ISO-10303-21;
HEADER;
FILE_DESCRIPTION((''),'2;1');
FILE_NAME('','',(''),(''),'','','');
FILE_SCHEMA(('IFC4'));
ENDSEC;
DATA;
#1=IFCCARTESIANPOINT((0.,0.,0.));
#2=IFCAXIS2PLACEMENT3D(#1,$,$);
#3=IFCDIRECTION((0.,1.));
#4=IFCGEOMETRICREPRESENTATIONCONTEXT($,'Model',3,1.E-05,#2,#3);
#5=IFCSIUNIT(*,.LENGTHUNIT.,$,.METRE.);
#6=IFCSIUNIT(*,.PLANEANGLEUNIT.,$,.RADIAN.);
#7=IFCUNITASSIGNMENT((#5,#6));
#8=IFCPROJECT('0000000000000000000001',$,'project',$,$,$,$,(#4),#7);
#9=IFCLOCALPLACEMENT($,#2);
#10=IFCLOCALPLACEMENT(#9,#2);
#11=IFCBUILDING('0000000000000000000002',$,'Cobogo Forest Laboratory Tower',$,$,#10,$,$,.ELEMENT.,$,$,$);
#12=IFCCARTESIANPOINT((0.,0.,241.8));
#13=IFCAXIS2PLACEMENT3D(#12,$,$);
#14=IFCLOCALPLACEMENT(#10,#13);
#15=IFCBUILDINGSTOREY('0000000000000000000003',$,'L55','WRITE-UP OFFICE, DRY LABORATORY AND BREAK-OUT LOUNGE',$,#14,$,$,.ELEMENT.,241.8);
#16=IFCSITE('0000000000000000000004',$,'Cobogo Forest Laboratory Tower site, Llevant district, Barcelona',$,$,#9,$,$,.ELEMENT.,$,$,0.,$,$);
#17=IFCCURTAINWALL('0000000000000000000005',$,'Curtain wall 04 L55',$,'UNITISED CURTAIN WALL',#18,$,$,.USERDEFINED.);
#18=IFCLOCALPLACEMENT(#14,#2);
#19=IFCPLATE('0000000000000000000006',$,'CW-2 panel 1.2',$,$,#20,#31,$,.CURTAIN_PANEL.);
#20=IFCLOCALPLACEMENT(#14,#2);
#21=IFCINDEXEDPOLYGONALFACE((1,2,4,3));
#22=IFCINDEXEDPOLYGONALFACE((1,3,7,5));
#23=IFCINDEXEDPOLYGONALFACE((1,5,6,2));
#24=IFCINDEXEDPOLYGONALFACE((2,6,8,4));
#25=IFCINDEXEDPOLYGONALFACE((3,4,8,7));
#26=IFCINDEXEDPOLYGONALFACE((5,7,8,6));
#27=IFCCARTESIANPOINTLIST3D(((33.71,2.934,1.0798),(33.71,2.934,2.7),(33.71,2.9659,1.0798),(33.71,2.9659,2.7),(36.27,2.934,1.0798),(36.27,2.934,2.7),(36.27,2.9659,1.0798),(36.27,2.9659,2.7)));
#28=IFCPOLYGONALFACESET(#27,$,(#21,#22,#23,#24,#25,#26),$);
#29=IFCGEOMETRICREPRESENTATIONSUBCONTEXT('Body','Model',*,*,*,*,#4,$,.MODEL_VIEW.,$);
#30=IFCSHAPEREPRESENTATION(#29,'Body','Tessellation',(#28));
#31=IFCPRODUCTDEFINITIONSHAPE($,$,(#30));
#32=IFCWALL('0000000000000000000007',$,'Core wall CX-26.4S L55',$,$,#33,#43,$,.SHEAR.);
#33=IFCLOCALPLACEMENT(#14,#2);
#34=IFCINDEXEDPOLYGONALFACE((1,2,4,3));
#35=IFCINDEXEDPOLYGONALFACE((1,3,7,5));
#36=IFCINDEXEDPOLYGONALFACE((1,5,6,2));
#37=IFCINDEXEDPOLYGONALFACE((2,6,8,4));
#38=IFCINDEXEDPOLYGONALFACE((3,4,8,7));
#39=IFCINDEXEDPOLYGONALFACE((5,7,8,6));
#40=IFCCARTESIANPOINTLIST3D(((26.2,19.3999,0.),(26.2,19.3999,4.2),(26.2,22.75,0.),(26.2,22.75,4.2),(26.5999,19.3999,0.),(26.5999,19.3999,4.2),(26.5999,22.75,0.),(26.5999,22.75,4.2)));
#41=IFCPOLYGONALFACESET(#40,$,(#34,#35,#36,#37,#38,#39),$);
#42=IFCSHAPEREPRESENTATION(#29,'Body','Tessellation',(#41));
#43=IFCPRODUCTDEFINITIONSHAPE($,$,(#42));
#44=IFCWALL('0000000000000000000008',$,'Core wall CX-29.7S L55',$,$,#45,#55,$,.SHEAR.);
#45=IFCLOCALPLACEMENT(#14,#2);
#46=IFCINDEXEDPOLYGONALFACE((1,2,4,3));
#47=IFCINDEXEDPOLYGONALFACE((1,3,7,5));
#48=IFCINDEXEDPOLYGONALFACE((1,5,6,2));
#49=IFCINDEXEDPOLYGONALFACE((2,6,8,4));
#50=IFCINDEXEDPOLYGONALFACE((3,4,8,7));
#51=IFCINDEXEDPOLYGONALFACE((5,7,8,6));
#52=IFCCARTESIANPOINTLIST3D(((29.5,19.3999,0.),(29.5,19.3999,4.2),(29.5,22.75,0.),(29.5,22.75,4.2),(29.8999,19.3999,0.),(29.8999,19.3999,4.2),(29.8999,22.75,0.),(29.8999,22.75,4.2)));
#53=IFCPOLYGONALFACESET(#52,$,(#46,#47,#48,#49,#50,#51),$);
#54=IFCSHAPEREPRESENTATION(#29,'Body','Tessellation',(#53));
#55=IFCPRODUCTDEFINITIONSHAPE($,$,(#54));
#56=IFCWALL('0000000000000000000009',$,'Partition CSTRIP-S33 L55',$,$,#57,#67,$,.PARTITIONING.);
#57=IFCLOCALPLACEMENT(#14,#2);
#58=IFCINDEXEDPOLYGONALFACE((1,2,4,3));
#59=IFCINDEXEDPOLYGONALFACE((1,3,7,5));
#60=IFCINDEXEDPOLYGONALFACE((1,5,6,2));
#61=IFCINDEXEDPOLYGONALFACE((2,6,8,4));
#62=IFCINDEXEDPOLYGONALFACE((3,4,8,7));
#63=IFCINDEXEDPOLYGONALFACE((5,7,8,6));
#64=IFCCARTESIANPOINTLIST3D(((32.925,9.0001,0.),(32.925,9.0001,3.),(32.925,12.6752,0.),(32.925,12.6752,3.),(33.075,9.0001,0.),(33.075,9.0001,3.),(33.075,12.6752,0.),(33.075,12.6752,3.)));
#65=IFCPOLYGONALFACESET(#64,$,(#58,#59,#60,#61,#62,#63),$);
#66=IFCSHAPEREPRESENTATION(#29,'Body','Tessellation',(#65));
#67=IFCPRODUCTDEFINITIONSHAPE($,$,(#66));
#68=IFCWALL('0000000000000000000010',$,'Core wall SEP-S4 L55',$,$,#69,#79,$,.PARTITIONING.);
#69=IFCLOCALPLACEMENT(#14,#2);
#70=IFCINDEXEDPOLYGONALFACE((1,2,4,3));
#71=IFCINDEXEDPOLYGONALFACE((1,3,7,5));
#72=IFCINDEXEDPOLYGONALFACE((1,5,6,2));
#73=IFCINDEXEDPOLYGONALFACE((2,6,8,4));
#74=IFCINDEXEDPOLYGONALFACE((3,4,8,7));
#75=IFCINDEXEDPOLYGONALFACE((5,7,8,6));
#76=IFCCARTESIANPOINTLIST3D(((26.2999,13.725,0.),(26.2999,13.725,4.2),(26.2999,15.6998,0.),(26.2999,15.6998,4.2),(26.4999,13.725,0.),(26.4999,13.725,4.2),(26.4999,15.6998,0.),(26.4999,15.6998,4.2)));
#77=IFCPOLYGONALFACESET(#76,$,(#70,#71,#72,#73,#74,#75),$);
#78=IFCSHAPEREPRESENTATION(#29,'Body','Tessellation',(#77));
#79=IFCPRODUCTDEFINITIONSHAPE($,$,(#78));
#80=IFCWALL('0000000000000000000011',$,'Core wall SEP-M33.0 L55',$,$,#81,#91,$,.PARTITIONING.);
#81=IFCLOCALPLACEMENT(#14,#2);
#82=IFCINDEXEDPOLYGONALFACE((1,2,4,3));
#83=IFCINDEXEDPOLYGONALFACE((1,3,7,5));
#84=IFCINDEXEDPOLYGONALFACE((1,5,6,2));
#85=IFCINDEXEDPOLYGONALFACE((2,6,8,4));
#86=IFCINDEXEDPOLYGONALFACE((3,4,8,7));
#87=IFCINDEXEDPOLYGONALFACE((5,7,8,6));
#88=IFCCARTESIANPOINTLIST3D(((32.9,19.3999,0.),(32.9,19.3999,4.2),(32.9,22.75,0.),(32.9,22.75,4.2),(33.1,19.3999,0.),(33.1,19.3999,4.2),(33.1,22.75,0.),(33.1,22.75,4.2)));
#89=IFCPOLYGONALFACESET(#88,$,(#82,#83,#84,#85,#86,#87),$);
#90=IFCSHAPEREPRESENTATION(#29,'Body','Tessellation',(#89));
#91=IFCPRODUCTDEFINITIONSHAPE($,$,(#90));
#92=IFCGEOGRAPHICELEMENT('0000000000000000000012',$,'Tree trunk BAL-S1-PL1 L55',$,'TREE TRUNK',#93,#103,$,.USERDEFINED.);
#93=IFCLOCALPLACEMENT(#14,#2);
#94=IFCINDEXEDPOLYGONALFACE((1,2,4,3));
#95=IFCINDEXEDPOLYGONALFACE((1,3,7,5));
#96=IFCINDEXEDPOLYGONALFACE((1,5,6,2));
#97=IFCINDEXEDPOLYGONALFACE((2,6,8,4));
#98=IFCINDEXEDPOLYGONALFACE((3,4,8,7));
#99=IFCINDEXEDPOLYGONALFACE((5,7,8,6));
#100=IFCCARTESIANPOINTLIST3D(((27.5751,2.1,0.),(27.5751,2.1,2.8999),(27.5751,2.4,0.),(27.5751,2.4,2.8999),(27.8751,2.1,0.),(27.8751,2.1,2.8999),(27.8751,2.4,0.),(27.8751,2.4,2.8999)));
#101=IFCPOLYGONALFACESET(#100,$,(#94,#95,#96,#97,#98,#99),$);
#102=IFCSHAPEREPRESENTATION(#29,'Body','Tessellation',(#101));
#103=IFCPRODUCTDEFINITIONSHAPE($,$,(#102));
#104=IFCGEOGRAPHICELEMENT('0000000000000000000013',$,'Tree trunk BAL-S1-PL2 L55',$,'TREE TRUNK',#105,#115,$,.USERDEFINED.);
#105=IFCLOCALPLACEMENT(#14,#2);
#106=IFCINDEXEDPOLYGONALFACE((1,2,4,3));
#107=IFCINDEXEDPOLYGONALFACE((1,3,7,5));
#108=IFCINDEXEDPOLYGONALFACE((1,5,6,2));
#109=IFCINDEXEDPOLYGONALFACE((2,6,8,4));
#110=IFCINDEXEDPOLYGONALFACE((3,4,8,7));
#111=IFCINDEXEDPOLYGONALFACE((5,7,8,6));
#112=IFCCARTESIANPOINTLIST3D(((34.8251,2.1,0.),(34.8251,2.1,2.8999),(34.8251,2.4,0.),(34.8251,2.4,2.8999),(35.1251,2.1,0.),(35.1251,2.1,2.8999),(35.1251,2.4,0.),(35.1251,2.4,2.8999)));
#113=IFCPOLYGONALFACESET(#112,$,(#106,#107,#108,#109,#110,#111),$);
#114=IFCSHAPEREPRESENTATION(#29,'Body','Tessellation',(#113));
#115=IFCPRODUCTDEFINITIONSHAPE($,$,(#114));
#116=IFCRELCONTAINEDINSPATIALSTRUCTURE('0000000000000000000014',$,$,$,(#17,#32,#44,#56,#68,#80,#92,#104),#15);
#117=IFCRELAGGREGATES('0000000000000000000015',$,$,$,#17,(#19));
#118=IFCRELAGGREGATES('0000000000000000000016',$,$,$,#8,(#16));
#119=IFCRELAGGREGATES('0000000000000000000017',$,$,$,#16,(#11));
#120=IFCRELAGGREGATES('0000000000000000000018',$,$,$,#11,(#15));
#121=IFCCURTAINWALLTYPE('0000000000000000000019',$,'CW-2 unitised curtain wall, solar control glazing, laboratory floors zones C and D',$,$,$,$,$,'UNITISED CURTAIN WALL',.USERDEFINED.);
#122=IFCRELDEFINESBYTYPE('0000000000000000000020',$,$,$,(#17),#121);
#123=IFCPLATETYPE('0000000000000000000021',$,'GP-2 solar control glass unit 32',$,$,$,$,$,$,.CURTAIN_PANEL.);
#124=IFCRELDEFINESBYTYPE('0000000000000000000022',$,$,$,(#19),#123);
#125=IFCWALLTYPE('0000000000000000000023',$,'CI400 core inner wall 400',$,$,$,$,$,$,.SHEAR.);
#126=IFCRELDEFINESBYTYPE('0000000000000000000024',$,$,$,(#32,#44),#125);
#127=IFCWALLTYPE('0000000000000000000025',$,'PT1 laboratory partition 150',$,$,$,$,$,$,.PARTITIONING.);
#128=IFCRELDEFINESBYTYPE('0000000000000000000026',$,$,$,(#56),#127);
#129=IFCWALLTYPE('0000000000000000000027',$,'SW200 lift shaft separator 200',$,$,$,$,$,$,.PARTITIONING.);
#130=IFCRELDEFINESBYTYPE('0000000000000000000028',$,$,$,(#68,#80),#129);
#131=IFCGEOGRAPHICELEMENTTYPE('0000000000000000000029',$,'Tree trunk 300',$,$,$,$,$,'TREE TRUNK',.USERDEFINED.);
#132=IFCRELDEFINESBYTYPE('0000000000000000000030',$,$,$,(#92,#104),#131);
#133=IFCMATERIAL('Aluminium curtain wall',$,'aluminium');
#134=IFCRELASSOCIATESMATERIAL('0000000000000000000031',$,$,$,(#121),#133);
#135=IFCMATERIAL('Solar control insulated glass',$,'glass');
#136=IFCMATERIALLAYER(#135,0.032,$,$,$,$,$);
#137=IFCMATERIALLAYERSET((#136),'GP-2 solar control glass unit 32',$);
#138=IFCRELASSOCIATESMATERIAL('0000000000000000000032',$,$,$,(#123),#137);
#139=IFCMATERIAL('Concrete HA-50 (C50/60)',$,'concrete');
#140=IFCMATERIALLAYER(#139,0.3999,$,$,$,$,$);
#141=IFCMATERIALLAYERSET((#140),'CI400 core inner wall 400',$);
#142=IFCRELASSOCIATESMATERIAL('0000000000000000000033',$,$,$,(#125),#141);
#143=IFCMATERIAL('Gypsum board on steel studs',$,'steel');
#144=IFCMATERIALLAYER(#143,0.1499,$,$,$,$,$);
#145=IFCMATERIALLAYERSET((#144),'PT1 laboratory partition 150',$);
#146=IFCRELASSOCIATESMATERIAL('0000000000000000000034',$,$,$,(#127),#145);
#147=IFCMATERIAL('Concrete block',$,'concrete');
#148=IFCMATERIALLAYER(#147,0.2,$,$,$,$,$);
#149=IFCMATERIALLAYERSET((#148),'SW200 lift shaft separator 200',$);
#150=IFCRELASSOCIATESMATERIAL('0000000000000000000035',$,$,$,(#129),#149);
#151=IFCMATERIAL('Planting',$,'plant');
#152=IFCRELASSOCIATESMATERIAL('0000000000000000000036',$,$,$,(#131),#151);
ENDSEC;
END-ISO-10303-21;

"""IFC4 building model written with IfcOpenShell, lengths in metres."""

from ifc_helpers import new_model, si_unit, direction, frame, frame_2d, origin, origin_2d, place, context, subcontext, project, spatial, rectangle, extrude, material, layer, layer_set, type_object, element, aggregate, save


model = new_model("IFC4")

# Units and contexts
model_context = context("Model", 3, precision=1e-05, world=origin(), true_north=direction((0.0, 1.0)))
body_context = subcontext(model_context, "Body", "Model", "MODEL_VIEW")
ifc_project = project(units=[si_unit("LENGTHUNIT", "METRE"), si_unit("PLANEANGLEUNIT", "RADIAN")], contexts=[model_context])

# Site, building, storey
site_placement = place(None, origin())
site = spatial("IfcSite", under=ifc_project, at=site_placement, Name="Cobogo Forest Laboratory Tower site, Llevant district, Barcelona", CompositionType="ELEMENT", RefElevation=0.0)
building_placement = place(site_placement, origin())
building = spatial("IfcBuilding", under=site, at=building_placement, Name="Cobogo Forest Laboratory Tower", CompositionType="ELEMENT")
storey_placement = place(building_placement, frame((0.0, 0.0, 241.8)))
storey = spatial("IfcBuildingStorey", under=building, at=storey_placement, Name="L55", Description="WRITE-UP OFFICE, DRY LABORATORY AND BREAK-OUT LOUNGE", CompositionType="ELEMENT", Elevation=241.8)

# Shared definitions
ifc_material_1 = material(Name="Concrete HA-50 (C50/60)", Category="concrete")

# Curtain wall
ifc_material_2 = material(Name="Aluminium curtain wall", Category="aluminium")
curtain_wall_type = type_object("IfcCurtainWallType", Name="CW-2 unitised curtain wall, solar control glazing, laboratory floors zones C and D", ElementType="UNITISED CURTAIN WALL", PredefinedType="USERDEFINED", material=ifc_material_2)
curtain_wall_1_placement = place(storey_placement, origin())
curtain_wall_1 = element("IfcCurtainWall", 1, at=curtain_wall_1_placement, inside=storey, type_object=curtain_wall_type, Name="Curtain wall 04 L55", ObjectType="UNITISED CURTAIN WALL", PredefinedType="USERDEFINED")

# Plate
ifc_material_3 = material(Name="Solar control insulated glass", Category="glass")
ifc_layer_1 = layer(ifc_material_3, 0.032)
ifc_layer_set_1 = layer_set([ifc_layer_1], Name="GP-2 solar control glass unit 32")
plate_type = type_object("IfcPlateType", Name="GP-2 solar control glass unit 32", PredefinedType="CURTAIN_PANEL", material=ifc_layer_set_1)
plate_1_placement = place(storey_placement, frame((34.99, 2.95, 1.0798), z_axis=(0.0, 0.0, 1.0), x_axis=(1.0, 0.0, 0.0)))
plate_1 = element("IfcPlate", 2, at=plate_1_placement, type_object=plate_type, Name="CW-2 panel 1.2", PredefinedType="CURTAIN_PANEL", context=body_context, shape_type="SweptSolid", body=[
    extrude(rectangle(XDim=2.5601, YDim=0.032, at=origin_2d()), origin(), (0.0, 0.0, 1.0), 1.6201),
])
aggregate(curtain_wall_1, [plate_1])

# Walls
ifc_layer_2 = layer(ifc_material_1, 0.3999)
ifc_layer_set_2 = layer_set([ifc_layer_2], Name="CI400 core inner wall 400")
wall_type_1 = type_object("IfcWallType", Name="CI400 core inner wall 400", PredefinedType="SHEAR", material=ifc_layer_set_2)
for number, where, z_axis, x_axis, name in (
    (3, (26.3999, 19.3999, 0.0), (0.0, 0.0, 1.0), (0.0, 1.0, 0.0), "Core wall CX-26.4S L55"),
    (4, (29.7, 19.3999, 0.0), (0.0, 0.0, 1.0), (0.0, 1.0, 0.0), "Core wall CX-29.7S L55"),
):
    element("IfcWall", number, at=place(storey_placement, frame(where, z_axis=z_axis, x_axis=x_axis)), inside=storey, type_object=wall_type_1, Name=name, PredefinedType="SHEAR", context=body_context, shape_type="SweptSolid", body=[
        extrude(rectangle(XDim=3.3501, YDim=0.3999, at=frame_2d((1.675, 0.0))), origin(), (0.0, 0.0, 1.0), 4.2),
    ])

# Walls
ifc_material_4 = material(Name="Gypsum board on steel studs", Category="steel")
ifc_layer_3 = layer(ifc_material_4, 0.1499)
ifc_layer_set_3 = layer_set([ifc_layer_3], Name="PT1 laboratory partition 150")
wall_type_2 = type_object("IfcWallType", Name="PT1 laboratory partition 150", PredefinedType="PARTITIONING", material=ifc_layer_set_3)
wall_1_placement = place(storey_placement, frame((33.0, 12.675, 0.0), z_axis=(0.0, 0.0, 1.0), x_axis=(0.0, -1.0, 0.0)))
element("IfcWall", 5, at=wall_1_placement, inside=storey, type_object=wall_type_2, Name="Partition CSTRIP-S33 L55", PredefinedType="PARTITIONING", context=body_context, shape_type="SweptSolid", body=[
    extrude(rectangle(XDim=3.675, YDim=0.1499, at=frame_2d((1.8374, 0.0))), origin(), (0.0, 0.0, 1.0), 3.0),
])
ifc_material_5 = material(Name="Concrete block", Category="concrete")
ifc_layer_4 = layer(ifc_material_5, 0.2)
ifc_layer_set_4 = layer_set([ifc_layer_4], Name="SW200 lift shaft separator 200")
wall_type_3 = type_object("IfcWallType", Name="SW200 lift shaft separator 200", PredefinedType="PARTITIONING", material=ifc_layer_set_4)
wall_2_placement = place(storey_placement, frame((26.3999, 13.7251, 0.0), z_axis=(0.0, 0.0, 1.0), x_axis=(0.0, 1.0, 0.0)))
element("IfcWall", 6, at=wall_2_placement, inside=storey, type_object=wall_type_3, Name="Core wall SEP-S4 L55", PredefinedType="PARTITIONING", context=body_context, shape_type="SweptSolid", body=[
    extrude(rectangle(XDim=1.9749, YDim=0.2, at=frame_2d((0.9873, 0.0))), origin(), (0.0, 0.0, 1.0), 4.2),
])
wall_3_placement = place(storey_placement, frame((33.0, 19.3999, 0.0), z_axis=(0.0, 0.0, 1.0), x_axis=(0.0, 1.0, 0.0)))
element("IfcWall", 7, at=wall_3_placement, inside=storey, type_object=wall_type_3, Name="Core wall SEP-M33.0 L55", PredefinedType="PARTITIONING", context=body_context, shape_type="SweptSolid", body=[
    extrude(rectangle(XDim=3.3501, YDim=0.2, at=frame_2d((1.675, 0.0))), origin(), (0.0, 0.0, 1.0), 4.2),
])

# Geographic elements
ifc_material_6 = material(Name="Planting", Category="plant")
geographic_element_type = type_object("IfcGeographicElementType", Name="Tree trunk 300", ElementType="TREE TRUNK", PredefinedType="USERDEFINED", material=ifc_material_6)
for number, where, z_axis, x_axis, name in (
    (8, (27.7251, 2.25, 0.0), (0.0, 0.0, 1.0), (1.0, 0.0, 0.0), "Tree trunk BAL-S1-PL1 L55"),
    (9, (34.9751, 2.25, 0.0), (0.0, 0.0, 1.0), (1.0, 0.0, 0.0), "Tree trunk BAL-S1-PL2 L55"),
):
    element("IfcGeographicElement", number, at=place(storey_placement, frame(where, z_axis=z_axis, x_axis=x_axis)), inside=storey, type_object=geographic_element_type, Name=name, ObjectType="TREE TRUNK", PredefinedType="USERDEFINED", context=body_context, shape_type="SweptSolid", body=[
        extrude(rectangle(XDim=0.3, YDim=0.3, at=origin_2d()), origin(), (0.0, 0.0, 1.0), 2.8999),
    ])

save(model, "model.ifc")
